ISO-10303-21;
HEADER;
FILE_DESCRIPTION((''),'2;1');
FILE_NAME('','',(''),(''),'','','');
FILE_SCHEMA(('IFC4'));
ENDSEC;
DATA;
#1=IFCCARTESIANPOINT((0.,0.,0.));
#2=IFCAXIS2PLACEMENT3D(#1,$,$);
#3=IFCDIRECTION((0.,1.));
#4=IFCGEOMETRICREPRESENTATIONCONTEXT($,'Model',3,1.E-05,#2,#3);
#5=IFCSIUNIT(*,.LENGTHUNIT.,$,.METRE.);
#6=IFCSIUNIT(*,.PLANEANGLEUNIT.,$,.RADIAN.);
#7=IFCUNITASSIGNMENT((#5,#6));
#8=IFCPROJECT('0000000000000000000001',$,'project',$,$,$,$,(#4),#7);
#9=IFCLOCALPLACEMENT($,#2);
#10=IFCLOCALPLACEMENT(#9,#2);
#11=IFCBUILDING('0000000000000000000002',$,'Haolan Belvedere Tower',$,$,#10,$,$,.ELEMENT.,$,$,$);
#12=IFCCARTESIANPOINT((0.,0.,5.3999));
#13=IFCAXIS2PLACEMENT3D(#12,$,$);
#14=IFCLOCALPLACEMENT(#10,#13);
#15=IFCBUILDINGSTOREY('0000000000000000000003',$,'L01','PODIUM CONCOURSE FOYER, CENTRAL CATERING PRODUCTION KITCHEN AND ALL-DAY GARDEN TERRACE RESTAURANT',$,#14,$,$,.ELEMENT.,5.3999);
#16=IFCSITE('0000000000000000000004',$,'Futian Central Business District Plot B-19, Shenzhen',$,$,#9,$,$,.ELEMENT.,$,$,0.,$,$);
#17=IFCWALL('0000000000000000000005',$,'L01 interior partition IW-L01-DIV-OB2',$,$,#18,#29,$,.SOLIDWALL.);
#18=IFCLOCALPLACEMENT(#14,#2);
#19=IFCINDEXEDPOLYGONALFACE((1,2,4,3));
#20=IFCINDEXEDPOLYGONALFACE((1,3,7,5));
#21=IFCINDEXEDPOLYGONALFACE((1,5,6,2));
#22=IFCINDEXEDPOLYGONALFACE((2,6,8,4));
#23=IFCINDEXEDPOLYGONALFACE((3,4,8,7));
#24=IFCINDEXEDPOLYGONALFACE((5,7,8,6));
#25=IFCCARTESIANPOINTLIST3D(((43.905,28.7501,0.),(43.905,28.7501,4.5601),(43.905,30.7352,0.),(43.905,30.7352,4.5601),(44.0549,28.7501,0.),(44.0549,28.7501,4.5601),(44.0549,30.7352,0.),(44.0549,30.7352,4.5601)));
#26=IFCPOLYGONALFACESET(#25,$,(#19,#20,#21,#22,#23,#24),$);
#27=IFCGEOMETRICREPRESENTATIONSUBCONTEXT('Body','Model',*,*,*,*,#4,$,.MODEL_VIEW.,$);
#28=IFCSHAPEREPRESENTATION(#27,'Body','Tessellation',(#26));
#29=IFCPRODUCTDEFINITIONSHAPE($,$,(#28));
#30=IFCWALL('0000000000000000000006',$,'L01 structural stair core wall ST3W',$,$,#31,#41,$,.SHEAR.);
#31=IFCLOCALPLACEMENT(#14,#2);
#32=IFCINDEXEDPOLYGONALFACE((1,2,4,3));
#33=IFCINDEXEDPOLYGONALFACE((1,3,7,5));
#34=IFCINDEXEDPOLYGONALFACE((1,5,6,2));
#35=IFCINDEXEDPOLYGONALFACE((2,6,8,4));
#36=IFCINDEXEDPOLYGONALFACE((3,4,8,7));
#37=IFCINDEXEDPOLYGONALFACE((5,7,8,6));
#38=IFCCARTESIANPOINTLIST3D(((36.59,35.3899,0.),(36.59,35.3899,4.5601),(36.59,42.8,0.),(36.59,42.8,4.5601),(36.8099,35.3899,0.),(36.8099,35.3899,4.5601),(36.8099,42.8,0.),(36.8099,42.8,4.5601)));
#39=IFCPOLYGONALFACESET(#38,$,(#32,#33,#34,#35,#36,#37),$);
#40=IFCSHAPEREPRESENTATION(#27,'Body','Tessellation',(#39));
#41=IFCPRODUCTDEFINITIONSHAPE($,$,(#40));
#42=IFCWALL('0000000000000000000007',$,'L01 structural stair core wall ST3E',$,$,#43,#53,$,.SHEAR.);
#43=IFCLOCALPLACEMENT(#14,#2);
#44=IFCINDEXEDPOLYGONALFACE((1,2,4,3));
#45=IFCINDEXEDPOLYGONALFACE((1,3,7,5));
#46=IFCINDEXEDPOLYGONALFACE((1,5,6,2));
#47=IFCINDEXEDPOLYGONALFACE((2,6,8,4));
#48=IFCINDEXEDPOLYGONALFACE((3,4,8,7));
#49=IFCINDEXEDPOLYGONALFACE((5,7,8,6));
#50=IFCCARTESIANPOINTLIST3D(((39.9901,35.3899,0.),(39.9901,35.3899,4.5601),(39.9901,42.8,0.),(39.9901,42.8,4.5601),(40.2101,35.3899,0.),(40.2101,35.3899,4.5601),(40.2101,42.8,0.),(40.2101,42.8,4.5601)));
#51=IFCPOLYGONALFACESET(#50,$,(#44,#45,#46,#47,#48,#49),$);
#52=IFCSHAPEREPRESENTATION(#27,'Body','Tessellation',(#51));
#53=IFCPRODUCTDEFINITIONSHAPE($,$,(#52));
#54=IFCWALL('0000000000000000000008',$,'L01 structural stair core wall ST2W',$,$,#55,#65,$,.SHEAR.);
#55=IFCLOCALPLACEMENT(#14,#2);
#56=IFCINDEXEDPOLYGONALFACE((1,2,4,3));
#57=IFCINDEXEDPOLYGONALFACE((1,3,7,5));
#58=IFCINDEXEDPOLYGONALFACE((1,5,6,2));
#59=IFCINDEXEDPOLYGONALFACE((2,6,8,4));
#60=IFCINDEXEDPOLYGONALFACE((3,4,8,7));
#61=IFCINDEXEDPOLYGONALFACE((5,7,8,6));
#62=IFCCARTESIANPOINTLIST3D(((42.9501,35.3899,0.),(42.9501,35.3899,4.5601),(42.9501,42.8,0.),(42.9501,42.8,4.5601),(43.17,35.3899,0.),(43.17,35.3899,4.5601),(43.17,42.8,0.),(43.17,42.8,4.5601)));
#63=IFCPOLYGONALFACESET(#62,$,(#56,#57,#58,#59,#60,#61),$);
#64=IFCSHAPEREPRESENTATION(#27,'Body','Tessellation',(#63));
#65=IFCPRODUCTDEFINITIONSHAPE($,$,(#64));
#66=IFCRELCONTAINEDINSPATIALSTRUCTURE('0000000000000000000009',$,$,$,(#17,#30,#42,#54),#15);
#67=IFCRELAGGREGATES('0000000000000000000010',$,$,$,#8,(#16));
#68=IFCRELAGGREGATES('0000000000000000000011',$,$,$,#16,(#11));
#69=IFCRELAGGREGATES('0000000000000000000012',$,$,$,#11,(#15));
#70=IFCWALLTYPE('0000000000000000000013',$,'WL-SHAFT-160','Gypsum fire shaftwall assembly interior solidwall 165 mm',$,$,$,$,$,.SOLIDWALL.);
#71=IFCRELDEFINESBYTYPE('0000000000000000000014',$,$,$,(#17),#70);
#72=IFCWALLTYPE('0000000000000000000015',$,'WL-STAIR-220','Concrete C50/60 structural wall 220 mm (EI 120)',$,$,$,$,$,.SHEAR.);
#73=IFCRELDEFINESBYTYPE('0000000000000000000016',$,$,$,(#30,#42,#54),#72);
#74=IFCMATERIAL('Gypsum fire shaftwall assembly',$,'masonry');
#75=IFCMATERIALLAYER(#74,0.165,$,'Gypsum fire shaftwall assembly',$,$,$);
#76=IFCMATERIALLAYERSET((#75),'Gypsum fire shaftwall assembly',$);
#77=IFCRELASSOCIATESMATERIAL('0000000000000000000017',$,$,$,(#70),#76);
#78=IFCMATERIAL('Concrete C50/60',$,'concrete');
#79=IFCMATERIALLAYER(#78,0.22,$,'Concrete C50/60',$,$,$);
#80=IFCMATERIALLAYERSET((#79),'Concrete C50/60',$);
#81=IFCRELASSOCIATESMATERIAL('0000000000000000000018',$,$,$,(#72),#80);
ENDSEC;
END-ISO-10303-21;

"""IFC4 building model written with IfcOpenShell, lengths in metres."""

from ifc_helpers import new_model, si_unit, direction, frame, frame_2d, origin, place, context, subcontext, project, spatial, rectangle, extrude, material, layer, layer_set, type_object, element, save


model = new_model("IFC4")

# Units and contexts
model_context = context("Model", 3, precision=1e-05, world=origin(), true_north=direction((0.0, 1.0)))
body_context = subcontext(model_context, "Body", "Model", "MODEL_VIEW")
ifc_project = project(units=[si_unit("LENGTHUNIT", "METRE"), si_unit("PLANEANGLEUNIT", "RADIAN")], contexts=[model_context])

# Site, building, storey
site_placement = place(None, origin())
site = spatial("IfcSite", under=ifc_project, at=site_placement, Name="Futian Central Business District Plot B-19, Shenzhen", CompositionType="ELEMENT", RefElevation=0.0)
building_placement = place(site_placement, origin())
building = spatial("IfcBuilding", under=site, at=building_placement, Name="Haolan Belvedere Tower", CompositionType="ELEMENT")
storey_placement = place(building_placement, frame((0.0, 0.0, 5.3999)))
storey = spatial("IfcBuildingStorey", under=building, at=storey_placement, Name="L01", Description="PODIUM CONCOURSE FOYER, CENTRAL CATERING PRODUCTION KITCHEN AND ALL-DAY GARDEN TERRACE RESTAURANT", CompositionType="ELEMENT", Elevation=5.3999)

# Shared definitions
ifc_material_1 = material(Name="Gypsum fire shaftwall assembly", Category="masonry")
ifc_layer_1 = layer(ifc_material_1, 0.165, Name="Gypsum fire shaftwall assembly")
ifc_layer_set_1 = layer_set([ifc_layer_1], Name="Gypsum fire shaftwall assembly")
wall_type_1 = type_object("IfcWallType", Name="WL-SHAFT-160", Description="Gypsum fire shaftwall assembly interior solidwall 165 mm", PredefinedType="SOLIDWALL", material=ifc_layer_set_1)

# Walls
for number, where, z_axis, x_axis, name in (
    (1, (43.98, 28.75, 0.0), (0.0, 0.0, 1.0), (0.0, 1.0, 0.0), "L01 interior partition IW-L01-DIV-OB2"),
):
    element("IfcWall", number, at=place(storey_placement, frame(where, z_axis=z_axis, x_axis=x_axis)), inside=storey, type_object=wall_type_1, Name=name, PredefinedType="SOLIDWALL", context=body_context, shape_type="SweptSolid", body=[
        extrude(rectangle(XDim=1.9851, YDim=0.1499, at=frame_2d((0.9927, 0.0))), origin(), (0.0, 0.0, 1.0), 4.5601),
    ])
ifc_material_2 = material(Name="Concrete C50/60", Category="concrete")
ifc_layer_2 = layer(ifc_material_2, 0.22, Name="Concrete C50/60")
ifc_layer_set_2 = layer_set([ifc_layer_2], Name="Concrete C50/60")
wall_type_2 = type_object("IfcWallType", Name="WL-STAIR-220", Description="Concrete C50/60 structural wall 220 mm (EI 120)", PredefinedType="SHEAR", material=ifc_layer_set_2)
for number, where, z_axis, x_axis, name in (
    (2, (36.7, 35.3899, 0.0), (0.0, 0.0, 1.0), (0.0, 1.0, 0.0), "L01 structural stair core wall ST3W"),
    (3, (40.1001, 35.3899, 0.0), (0.0, 0.0, 1.0), (0.0, 1.0, 0.0), "L01 structural stair core wall ST3E"),
    (4, (43.0601, 35.3899, 0.0), (0.0, 0.0, 1.0), (0.0, 1.0, 0.0), "L01 structural stair core wall ST2W"),
):
    element("IfcWall", number, at=place(storey_placement, frame(where, z_axis=z_axis, x_axis=x_axis)), inside=storey, type_object=wall_type_2, Name=name, PredefinedType="SHEAR", context=body_context, shape_type="SweptSolid", body=[
        extrude(rectangle(XDim=7.4102, YDim=0.22, at=frame_2d((3.7051, 0.0))), origin(), (0.0, 0.0, 1.0), 4.5601),
    ])

save(model, "model.ifc")
